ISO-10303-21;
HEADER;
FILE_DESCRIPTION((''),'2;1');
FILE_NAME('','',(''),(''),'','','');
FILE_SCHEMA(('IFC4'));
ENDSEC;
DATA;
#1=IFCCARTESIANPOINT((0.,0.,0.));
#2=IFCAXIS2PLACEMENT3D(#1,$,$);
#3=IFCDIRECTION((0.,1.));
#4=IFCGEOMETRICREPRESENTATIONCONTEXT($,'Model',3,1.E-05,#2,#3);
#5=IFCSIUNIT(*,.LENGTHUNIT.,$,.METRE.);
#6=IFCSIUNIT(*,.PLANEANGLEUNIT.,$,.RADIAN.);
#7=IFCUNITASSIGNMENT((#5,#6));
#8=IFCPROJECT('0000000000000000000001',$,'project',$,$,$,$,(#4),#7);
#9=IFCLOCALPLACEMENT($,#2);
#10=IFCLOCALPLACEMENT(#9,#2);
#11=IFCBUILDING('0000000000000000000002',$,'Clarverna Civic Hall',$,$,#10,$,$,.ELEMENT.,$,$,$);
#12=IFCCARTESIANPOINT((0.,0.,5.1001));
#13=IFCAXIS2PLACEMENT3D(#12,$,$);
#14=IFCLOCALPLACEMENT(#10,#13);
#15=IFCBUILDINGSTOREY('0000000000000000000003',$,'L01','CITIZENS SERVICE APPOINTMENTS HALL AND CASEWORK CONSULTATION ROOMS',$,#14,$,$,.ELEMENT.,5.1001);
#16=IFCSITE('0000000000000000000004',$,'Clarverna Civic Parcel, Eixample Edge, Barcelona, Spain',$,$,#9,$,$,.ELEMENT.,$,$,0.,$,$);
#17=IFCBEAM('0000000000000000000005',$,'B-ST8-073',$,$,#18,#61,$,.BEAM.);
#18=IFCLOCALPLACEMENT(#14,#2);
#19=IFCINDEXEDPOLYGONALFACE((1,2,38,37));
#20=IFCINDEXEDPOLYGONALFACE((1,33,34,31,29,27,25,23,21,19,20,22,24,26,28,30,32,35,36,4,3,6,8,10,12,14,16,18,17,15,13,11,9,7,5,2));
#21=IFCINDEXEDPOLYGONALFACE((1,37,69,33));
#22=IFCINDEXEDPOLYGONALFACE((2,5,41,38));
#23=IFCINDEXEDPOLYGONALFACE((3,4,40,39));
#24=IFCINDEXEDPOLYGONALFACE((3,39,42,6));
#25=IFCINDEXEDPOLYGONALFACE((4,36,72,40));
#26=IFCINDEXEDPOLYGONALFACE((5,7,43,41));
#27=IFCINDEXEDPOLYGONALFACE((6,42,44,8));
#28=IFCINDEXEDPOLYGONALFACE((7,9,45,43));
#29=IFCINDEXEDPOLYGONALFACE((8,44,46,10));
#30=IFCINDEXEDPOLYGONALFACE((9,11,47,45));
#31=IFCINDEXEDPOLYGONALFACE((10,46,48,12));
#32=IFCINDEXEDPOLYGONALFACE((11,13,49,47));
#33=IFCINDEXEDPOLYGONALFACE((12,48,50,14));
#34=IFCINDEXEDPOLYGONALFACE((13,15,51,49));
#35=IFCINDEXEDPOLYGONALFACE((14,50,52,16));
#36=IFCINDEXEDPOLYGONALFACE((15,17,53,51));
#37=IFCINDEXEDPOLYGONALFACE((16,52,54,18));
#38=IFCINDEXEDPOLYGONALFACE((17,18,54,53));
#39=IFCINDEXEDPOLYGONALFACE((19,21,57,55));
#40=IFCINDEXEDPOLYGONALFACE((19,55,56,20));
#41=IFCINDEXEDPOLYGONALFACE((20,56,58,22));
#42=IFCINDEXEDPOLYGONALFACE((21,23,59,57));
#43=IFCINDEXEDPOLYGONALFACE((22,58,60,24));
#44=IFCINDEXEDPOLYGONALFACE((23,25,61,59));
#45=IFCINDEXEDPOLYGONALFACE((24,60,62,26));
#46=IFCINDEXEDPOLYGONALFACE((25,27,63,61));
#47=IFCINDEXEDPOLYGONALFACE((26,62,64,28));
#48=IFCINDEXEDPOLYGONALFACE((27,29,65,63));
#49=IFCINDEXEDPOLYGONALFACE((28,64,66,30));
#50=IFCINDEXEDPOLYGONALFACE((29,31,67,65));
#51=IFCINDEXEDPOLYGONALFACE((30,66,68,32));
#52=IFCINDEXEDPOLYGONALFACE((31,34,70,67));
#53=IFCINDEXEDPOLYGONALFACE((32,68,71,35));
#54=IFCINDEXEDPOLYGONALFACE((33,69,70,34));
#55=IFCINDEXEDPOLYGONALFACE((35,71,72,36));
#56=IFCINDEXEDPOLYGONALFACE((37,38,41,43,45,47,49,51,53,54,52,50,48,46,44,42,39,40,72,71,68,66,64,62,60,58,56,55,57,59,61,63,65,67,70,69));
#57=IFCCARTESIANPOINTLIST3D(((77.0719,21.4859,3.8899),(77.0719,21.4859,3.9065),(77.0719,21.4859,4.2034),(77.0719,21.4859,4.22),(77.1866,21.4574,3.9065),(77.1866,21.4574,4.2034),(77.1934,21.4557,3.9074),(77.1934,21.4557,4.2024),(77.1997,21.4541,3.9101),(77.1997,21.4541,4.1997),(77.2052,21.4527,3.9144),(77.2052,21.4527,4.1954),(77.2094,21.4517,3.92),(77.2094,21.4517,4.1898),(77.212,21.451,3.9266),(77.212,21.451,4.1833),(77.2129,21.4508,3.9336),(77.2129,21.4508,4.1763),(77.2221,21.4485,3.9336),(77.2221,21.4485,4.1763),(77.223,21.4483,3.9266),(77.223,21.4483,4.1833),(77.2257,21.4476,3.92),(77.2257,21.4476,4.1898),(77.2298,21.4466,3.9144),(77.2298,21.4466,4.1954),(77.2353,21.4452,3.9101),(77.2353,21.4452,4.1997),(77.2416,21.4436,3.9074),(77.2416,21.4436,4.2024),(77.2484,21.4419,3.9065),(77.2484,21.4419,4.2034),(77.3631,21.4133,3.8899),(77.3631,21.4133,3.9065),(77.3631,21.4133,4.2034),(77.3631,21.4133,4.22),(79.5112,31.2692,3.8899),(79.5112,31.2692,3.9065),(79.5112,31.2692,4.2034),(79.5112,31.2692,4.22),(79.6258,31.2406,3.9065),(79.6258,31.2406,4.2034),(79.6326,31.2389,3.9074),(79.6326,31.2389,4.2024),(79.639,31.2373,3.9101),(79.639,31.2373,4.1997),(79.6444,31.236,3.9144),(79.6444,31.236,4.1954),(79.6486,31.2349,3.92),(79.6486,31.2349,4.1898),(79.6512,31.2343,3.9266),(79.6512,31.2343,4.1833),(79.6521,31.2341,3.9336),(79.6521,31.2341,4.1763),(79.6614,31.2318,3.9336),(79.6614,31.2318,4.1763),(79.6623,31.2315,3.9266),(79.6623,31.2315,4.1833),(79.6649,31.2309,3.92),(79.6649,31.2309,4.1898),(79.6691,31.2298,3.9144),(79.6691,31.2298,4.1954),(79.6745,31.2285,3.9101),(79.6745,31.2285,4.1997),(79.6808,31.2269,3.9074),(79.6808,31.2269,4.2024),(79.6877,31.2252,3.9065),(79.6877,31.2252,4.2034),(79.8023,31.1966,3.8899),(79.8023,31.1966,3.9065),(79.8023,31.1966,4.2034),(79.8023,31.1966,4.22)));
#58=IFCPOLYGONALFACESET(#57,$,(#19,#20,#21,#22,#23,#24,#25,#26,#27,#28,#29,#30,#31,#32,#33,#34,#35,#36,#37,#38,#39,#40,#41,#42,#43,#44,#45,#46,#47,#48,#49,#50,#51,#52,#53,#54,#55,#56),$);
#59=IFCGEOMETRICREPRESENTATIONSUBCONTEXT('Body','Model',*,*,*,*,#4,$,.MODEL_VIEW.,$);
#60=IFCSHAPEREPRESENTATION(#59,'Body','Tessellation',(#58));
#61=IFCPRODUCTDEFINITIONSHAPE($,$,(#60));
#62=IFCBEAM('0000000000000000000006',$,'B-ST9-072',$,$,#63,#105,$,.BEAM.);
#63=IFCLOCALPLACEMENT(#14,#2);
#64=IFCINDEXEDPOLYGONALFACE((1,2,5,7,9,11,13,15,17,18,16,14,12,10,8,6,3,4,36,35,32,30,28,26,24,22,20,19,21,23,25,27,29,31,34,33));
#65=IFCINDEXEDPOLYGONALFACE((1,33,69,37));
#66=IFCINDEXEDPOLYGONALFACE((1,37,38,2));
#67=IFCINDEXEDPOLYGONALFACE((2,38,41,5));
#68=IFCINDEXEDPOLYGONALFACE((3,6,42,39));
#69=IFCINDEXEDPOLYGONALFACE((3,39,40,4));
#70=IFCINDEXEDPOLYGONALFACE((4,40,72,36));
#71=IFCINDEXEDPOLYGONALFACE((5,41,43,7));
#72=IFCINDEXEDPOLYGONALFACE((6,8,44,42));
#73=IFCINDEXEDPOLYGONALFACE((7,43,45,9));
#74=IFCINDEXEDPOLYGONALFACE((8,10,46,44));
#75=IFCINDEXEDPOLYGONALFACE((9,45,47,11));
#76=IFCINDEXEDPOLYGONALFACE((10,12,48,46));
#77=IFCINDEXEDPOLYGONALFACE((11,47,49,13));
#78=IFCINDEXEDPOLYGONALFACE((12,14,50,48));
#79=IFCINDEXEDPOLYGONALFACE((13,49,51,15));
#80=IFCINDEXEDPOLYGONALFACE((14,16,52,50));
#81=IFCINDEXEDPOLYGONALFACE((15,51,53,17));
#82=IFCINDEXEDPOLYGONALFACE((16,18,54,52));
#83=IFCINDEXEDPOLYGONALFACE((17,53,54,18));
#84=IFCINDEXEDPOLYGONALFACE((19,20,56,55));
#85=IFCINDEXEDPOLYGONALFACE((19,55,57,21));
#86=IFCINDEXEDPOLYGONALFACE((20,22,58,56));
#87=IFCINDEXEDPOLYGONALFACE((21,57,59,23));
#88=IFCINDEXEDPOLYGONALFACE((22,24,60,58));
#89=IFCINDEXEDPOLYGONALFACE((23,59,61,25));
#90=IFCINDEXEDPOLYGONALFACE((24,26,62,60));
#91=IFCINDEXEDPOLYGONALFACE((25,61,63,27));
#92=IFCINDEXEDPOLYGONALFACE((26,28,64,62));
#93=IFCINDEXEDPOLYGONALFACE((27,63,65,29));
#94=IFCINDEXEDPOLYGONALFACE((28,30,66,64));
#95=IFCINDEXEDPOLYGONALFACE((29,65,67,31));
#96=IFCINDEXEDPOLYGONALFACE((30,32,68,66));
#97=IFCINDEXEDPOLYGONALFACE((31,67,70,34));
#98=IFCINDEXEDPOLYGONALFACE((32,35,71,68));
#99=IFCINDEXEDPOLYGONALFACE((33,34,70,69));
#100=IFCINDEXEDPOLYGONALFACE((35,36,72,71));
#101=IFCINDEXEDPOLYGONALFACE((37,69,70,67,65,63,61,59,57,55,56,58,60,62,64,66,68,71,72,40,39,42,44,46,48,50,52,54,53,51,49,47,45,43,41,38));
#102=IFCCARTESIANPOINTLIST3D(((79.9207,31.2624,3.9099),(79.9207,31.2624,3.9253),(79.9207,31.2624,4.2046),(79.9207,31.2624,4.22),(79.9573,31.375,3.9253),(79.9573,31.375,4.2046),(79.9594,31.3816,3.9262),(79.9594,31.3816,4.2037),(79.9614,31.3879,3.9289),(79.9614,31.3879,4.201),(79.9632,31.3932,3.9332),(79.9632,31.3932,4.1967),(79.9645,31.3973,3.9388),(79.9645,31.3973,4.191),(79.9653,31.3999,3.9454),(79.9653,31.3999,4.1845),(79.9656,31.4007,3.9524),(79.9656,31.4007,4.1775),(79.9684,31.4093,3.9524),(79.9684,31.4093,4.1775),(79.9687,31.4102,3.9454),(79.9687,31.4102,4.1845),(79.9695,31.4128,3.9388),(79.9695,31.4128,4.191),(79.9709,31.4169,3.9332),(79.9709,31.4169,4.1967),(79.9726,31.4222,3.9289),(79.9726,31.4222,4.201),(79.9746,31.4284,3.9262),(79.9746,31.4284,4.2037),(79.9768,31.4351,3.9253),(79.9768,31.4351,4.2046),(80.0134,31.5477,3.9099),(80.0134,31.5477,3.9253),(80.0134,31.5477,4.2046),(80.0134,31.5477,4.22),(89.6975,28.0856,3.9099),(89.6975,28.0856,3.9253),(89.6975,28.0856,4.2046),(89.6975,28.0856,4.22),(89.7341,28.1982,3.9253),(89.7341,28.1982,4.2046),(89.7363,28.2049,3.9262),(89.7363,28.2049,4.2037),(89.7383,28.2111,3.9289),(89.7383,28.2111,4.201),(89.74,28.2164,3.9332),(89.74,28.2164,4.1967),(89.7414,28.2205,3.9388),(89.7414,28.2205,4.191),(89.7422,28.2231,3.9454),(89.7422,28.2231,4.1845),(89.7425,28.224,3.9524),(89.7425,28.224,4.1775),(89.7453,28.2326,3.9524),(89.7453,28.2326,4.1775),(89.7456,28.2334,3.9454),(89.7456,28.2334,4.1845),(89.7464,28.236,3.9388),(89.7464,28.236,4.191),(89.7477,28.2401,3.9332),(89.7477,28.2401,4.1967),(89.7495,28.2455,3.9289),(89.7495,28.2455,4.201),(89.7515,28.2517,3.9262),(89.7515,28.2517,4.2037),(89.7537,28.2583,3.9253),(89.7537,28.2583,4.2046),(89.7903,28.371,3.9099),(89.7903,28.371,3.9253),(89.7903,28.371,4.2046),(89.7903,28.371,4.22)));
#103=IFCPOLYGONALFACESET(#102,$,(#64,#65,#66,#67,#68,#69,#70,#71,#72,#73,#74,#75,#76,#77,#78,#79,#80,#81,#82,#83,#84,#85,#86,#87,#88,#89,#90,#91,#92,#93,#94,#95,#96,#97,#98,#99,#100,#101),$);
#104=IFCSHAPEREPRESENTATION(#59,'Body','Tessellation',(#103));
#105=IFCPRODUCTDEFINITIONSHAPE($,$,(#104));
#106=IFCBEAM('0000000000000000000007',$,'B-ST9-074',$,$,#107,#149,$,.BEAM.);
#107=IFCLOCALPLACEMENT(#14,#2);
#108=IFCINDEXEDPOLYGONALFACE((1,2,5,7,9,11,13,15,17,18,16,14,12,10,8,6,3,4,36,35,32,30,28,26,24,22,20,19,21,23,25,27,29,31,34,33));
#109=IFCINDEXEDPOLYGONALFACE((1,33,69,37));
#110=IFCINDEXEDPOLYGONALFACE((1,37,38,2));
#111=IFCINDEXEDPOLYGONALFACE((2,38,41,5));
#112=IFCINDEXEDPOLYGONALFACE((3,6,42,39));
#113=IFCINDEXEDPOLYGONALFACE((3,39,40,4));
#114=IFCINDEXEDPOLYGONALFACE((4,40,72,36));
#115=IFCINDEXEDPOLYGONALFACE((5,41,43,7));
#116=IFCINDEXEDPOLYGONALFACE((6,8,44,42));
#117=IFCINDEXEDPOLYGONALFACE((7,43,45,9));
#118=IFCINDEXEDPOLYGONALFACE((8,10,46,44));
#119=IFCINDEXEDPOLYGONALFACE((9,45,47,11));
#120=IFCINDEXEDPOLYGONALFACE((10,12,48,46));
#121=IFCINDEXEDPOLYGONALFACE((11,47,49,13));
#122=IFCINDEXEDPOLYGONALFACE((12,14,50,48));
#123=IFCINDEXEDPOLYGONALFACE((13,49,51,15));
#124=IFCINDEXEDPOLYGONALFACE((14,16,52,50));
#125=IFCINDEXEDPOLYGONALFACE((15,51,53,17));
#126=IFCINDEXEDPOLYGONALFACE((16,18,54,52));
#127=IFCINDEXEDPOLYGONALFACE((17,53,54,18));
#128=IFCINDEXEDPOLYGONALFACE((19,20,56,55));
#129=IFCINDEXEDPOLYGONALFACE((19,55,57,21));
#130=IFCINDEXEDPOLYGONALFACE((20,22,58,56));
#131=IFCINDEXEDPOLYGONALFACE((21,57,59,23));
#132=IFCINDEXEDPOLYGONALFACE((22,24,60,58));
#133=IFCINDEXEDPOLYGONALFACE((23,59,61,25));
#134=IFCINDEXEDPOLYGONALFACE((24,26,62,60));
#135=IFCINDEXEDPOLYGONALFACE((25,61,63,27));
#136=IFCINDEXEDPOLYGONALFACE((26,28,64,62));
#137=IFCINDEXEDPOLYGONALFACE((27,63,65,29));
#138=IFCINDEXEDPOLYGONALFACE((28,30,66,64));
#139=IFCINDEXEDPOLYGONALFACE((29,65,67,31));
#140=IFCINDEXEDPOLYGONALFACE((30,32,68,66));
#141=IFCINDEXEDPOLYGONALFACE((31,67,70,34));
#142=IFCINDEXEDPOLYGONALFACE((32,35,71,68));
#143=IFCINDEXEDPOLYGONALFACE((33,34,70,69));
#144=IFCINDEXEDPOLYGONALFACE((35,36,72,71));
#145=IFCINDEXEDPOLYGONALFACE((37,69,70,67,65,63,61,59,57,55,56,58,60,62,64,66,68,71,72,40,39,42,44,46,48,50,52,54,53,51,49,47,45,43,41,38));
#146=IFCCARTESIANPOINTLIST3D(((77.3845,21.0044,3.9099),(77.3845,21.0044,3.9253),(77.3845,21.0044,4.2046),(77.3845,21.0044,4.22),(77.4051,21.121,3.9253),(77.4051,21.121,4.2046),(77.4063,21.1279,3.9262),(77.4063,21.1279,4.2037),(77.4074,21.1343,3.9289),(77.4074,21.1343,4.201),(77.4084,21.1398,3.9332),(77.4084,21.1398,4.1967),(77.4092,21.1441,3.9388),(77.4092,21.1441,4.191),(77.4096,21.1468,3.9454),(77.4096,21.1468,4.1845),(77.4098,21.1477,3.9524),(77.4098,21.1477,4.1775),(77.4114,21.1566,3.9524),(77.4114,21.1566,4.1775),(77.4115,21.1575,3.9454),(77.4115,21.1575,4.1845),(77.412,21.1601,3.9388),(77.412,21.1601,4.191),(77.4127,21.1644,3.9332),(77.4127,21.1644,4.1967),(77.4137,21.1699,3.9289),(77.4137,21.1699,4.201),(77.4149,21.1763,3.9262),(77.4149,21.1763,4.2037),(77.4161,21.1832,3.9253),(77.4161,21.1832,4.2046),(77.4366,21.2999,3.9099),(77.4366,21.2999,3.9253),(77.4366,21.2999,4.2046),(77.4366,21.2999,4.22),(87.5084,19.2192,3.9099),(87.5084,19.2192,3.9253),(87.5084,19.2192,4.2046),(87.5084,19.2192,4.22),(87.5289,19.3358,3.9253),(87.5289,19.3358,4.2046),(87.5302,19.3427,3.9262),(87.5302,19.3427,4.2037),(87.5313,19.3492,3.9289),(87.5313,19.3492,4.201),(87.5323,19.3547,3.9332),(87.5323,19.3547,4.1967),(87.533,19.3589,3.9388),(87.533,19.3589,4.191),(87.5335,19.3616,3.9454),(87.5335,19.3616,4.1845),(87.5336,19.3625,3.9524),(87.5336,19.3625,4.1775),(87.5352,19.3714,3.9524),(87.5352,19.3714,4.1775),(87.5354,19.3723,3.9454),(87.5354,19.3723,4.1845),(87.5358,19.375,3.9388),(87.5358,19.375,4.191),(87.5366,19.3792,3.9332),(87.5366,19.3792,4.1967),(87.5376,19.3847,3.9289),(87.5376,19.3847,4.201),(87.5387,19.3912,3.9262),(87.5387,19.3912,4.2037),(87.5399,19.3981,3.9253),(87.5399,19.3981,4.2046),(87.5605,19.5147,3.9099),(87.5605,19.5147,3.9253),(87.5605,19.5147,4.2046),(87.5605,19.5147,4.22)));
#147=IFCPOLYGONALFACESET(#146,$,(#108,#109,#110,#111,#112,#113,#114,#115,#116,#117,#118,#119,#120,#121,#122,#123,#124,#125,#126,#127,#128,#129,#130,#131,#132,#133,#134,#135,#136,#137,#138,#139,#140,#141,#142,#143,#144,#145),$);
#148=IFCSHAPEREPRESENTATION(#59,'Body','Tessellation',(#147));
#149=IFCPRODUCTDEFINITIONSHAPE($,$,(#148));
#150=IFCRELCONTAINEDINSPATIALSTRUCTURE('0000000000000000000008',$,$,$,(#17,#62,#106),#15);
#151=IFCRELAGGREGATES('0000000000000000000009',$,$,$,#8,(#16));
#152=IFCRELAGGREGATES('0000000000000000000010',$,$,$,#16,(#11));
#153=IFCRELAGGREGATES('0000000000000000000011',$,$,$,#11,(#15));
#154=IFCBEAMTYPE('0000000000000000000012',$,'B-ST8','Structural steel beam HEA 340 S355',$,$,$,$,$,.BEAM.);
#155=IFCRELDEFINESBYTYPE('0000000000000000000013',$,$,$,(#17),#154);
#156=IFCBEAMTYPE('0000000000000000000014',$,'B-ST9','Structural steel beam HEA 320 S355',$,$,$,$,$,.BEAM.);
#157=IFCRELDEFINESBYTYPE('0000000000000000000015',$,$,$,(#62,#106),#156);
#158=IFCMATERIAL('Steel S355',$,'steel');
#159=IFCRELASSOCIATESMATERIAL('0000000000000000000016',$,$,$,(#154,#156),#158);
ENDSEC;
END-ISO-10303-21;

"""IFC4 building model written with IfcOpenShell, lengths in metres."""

from ifc_helpers import new_model, si_unit, direction, frame, origin, origin_2d, place, context, subcontext, project, spatial, i_section, extrude, material, material_profile, profile_set, type_object, element, save


model = new_model("IFC4")

# Units and contexts
model_context = context("Model", 3, precision=1e-05, world=origin(), true_north=direction((0.0, 1.0)))
body_context = subcontext(model_context, "Body", "Model", "MODEL_VIEW")
ifc_project = project(units=[si_unit("LENGTHUNIT", "METRE"), si_unit("PLANEANGLEUNIT", "RADIAN")], contexts=[model_context])

# Site, building, storey
site_placement = place(None, origin())
site = spatial("IfcSite", under=ifc_project, at=site_placement, Name="Clarverna Civic Parcel, Eixample Edge, Barcelona, Spain", CompositionType="ELEMENT", RefElevation=0.0)
building_placement = place(site_placement, origin())
building = spatial("IfcBuilding", under=site, at=building_placement, Name="Clarverna Civic Hall", CompositionType="ELEMENT")
storey_placement = place(building_placement, frame((0.0, 0.0, 5.1001)))
storey = spatial("IfcBuildingStorey", under=building, at=storey_placement, Name="L01", Description="CITIZENS SERVICE APPOINTMENTS HALL AND CASEWORK CONSULTATION ROOMS", CompositionType="ELEMENT", Elevation=5.1001)

# Beams
ifc_material_1 = material(Name="Steel S355", Category="steel")
ifc_material_profile_1 = material_profile(ifc_material_1, i_section(OverallWidth=0.3, OverallDepth=0.3301, WebThickness=0.0095, FlangeThickness=0.0166, FilletRadius=0.0271, at=origin_2d()), Name="HEA 340")
ifc_profile_set_1 = profile_set([ifc_material_profile_1], Name="Steel S355")
beam_type_1 = type_object("IfcBeamType", Name="B-ST8", Description="Structural steel beam HEA 340 S355", PredefinedType="BEAM", material=ifc_profile_set_1)
beam_1_placement = place(storey_placement, frame((79.6567, 31.2329, 4.0549), z_axis=(-0.24192, -0.970296, 0.0), x_axis=(0.970296, -0.24192, 0.0)))
element("IfcBeam", 1, at=beam_1_placement, inside=storey, type_object=beam_type_1, Name="B-ST8-073", PredefinedType="BEAM", context=body_context, shape_type="SweptSolid", body=[
    extrude(i_section(OverallWidth=0.3, OverallDepth=0.3301, WebThickness=0.0095, FlangeThickness=0.0166, FilletRadius=0.0271, at=origin_2d()), origin(), (0.0, 0.0, 1.0), 10.0828),
])
ifc_material_profile_2 = material_profile(ifc_material_1, i_section(OverallWidth=0.3, OverallDepth=0.3101, WebThickness=0.009, FlangeThickness=0.0154, FilletRadius=0.0271, at=origin_2d()), Name="HEA 320")
ifc_profile_set_2 = profile_set([ifc_material_profile_2], Name="Steel S355")
beam_type_2 = type_object("IfcBeamType", Name="B-ST9", Description="Structural steel beam HEA 320 S355", PredefinedType="BEAM", material=ifc_profile_set_2)
for number, where, z_axis, x_axis, name in (
    (2, (89.7439, 28.2283, 4.0649), (-0.951055, 0.309023, 0.0), (-0.309023, -0.951055, 0.0), "B-ST9-072"),
    (3, (87.5344, 19.3669, 4.0649), (-0.984807, 0.173654, 0.0), (-0.173654, -0.984807, 0.0), "B-ST9-074"),
):
    element("IfcBeam", number, at=place(storey_placement, frame(where, z_axis=z_axis, x_axis=x_axis)), inside=storey, type_object=beam_type_2, Name=name, PredefinedType="BEAM", context=body_context, shape_type="SweptSolid", body=[
        extrude(i_section(OverallWidth=0.3, OverallDepth=0.3101, WebThickness=0.009, FlangeThickness=0.0154, FilletRadius=0.0271, at=origin_2d()), origin(), (0.0, 0.0, 1.0), 10.28),
    ])

save(model, "model.ifc")
